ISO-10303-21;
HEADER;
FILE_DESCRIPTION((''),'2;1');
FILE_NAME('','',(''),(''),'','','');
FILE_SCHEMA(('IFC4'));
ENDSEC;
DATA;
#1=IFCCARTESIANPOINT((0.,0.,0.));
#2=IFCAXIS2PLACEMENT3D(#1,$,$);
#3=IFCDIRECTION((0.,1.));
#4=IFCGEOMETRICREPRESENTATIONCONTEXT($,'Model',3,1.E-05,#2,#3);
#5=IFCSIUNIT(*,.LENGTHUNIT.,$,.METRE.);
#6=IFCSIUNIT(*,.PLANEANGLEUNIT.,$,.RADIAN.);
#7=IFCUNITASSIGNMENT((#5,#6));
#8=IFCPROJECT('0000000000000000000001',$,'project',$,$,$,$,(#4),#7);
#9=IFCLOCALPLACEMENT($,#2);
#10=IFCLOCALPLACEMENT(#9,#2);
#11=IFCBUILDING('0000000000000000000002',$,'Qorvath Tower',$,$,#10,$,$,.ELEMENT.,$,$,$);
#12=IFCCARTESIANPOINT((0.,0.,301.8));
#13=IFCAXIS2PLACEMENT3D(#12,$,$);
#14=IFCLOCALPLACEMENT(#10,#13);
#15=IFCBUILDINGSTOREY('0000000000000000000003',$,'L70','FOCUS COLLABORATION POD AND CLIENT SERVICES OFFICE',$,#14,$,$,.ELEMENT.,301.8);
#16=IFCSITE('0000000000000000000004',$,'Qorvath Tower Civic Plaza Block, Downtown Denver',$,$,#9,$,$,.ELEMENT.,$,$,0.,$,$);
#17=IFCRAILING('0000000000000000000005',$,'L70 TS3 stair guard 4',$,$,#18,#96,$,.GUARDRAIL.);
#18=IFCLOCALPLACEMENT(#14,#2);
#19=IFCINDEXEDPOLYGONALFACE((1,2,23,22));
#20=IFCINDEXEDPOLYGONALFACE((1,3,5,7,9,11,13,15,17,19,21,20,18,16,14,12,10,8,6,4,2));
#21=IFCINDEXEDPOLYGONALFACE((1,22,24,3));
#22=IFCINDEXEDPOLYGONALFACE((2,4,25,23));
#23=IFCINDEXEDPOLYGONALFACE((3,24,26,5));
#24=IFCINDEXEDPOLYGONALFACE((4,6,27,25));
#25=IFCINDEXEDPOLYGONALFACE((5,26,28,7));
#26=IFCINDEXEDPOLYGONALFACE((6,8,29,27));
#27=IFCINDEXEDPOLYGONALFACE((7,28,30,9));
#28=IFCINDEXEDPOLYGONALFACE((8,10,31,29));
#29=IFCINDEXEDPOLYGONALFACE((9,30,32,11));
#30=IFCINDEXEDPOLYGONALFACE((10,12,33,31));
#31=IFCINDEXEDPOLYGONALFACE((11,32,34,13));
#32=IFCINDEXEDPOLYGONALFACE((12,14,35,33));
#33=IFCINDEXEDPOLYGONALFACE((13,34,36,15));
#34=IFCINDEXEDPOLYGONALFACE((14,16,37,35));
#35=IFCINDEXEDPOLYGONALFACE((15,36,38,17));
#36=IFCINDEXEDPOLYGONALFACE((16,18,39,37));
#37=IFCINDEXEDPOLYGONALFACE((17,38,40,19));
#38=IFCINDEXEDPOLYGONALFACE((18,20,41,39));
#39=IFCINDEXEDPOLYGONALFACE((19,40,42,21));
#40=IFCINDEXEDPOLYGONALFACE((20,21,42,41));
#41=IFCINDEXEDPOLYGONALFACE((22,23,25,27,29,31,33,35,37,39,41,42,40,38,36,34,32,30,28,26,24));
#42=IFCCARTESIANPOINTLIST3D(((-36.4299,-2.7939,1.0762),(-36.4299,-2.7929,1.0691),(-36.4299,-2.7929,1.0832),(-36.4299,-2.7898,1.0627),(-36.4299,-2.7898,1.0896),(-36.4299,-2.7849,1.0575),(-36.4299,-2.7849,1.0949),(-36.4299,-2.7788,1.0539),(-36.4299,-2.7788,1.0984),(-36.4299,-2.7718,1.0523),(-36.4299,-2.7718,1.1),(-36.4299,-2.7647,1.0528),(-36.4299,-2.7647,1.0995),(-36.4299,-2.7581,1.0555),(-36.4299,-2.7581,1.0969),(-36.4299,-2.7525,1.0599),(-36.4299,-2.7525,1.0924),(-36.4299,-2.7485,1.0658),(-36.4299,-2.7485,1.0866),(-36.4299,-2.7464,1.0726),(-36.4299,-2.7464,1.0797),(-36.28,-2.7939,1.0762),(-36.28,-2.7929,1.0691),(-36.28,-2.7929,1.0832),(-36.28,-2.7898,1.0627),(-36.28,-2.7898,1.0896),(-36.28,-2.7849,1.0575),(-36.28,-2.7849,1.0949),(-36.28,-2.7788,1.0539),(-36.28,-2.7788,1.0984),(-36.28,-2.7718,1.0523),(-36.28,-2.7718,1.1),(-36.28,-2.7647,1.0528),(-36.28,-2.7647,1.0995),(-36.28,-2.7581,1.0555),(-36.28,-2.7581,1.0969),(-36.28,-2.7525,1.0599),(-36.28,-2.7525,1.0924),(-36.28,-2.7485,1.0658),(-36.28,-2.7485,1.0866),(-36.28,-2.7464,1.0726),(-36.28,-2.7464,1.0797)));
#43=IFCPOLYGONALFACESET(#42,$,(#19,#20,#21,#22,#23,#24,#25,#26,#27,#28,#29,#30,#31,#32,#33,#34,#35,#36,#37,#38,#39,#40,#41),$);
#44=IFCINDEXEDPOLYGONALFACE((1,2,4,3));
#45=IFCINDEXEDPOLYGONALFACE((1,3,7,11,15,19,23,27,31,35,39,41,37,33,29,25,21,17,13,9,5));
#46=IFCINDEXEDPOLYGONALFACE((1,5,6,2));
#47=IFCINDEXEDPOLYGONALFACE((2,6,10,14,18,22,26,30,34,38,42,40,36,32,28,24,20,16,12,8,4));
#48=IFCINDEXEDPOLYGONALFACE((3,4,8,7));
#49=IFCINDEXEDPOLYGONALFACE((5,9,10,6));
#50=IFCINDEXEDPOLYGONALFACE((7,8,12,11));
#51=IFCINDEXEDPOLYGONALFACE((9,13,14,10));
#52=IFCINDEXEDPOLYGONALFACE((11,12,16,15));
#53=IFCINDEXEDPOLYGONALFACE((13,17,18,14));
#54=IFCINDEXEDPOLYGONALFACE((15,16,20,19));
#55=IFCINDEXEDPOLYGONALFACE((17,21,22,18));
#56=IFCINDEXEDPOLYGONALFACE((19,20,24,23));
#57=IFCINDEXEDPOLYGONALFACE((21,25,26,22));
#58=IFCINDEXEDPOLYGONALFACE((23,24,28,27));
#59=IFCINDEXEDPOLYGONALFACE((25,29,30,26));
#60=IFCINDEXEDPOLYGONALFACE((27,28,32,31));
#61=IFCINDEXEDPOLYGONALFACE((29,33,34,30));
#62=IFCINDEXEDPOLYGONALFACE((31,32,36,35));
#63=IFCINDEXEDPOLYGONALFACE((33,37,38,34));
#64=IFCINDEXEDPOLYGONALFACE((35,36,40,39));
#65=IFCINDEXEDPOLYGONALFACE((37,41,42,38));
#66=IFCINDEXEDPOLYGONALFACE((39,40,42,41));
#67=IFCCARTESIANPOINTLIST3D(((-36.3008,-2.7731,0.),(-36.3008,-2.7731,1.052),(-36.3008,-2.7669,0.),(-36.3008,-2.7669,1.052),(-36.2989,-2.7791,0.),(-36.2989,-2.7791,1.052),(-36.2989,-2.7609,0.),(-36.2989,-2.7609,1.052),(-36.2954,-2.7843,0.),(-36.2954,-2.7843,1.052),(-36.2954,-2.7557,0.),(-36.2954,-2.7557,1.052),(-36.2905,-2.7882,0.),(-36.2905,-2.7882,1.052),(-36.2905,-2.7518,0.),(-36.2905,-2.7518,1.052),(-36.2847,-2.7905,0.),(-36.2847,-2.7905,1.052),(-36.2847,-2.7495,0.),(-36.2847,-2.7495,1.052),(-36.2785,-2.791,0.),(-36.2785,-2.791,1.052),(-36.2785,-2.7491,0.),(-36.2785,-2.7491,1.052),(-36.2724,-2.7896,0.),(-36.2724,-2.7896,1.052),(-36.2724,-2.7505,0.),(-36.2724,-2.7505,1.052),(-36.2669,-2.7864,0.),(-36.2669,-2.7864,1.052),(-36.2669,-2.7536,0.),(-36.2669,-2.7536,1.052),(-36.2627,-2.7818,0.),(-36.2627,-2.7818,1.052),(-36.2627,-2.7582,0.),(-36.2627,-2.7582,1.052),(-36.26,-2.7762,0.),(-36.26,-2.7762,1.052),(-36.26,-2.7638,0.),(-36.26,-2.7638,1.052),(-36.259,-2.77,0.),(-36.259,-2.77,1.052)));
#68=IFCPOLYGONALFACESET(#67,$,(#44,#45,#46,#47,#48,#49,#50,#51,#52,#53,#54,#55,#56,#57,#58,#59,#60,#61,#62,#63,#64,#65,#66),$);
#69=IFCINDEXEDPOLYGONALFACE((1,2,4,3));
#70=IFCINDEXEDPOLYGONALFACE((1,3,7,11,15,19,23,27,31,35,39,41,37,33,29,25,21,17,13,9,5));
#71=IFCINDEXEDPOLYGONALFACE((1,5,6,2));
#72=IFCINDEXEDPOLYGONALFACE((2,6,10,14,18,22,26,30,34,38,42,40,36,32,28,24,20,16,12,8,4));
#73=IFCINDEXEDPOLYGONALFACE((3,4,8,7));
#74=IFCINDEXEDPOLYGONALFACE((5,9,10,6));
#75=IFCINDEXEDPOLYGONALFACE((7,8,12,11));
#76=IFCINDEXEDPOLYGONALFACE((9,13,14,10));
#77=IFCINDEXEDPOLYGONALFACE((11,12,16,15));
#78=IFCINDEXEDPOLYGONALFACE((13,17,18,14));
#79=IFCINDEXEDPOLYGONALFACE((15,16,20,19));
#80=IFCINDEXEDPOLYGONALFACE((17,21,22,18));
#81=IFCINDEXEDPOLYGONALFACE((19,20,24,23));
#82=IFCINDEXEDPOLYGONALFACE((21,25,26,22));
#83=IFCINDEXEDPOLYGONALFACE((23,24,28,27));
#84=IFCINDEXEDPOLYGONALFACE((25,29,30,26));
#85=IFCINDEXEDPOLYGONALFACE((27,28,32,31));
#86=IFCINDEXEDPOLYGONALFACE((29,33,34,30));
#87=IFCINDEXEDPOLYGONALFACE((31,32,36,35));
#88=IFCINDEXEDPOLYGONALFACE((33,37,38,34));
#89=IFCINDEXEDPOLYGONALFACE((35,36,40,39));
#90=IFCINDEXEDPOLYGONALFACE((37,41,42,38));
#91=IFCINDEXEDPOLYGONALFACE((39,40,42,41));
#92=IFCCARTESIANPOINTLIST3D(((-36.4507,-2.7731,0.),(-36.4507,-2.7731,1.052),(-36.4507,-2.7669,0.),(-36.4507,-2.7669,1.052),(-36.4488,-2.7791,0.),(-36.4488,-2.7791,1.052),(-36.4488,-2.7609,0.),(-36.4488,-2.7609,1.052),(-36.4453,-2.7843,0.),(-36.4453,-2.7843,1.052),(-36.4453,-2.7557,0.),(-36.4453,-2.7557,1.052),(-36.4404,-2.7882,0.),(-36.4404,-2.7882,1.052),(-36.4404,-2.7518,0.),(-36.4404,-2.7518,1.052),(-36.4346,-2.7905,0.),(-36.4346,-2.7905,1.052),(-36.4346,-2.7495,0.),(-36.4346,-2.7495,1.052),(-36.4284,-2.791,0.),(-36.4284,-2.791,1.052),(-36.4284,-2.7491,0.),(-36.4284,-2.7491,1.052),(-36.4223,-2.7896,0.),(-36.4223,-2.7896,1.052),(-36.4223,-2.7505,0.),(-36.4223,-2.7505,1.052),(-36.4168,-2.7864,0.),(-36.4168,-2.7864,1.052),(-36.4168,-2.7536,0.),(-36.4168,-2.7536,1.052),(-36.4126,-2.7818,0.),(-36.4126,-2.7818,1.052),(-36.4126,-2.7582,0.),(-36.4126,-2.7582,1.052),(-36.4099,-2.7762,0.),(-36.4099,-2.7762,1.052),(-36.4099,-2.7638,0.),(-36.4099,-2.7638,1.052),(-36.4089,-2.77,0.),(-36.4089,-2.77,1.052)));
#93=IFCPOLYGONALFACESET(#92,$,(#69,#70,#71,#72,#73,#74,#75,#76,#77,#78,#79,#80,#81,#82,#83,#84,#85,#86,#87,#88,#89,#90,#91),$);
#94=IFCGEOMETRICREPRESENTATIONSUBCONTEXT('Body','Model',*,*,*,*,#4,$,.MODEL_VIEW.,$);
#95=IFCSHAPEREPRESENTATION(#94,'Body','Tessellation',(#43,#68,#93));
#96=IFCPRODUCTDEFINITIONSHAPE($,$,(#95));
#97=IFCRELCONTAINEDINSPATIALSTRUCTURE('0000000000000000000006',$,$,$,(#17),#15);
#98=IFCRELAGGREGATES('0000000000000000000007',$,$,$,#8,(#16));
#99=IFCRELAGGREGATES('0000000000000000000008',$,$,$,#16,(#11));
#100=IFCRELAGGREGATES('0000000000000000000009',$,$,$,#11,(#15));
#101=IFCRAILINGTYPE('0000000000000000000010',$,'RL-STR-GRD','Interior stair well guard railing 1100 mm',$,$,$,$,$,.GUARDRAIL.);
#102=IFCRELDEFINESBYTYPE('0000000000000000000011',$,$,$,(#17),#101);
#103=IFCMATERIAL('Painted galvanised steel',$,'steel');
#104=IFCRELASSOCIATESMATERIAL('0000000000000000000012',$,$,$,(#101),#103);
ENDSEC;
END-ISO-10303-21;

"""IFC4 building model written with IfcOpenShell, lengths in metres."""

from ifc_helpers import new_model, si_unit, direction, frame, origin, origin_2d, place, context, subcontext, project, spatial, circle, extrude, material, type_object, element, save


model = new_model("IFC4")

# Units and contexts
model_context = context("Model", 3, precision=1e-05, world=origin(), true_north=direction((0.0, 1.0)))
body_context = subcontext(model_context, "Body", "Model", "MODEL_VIEW")
ifc_project = project(units=[si_unit("LENGTHUNIT", "METRE"), si_unit("PLANEANGLEUNIT", "RADIAN")], contexts=[model_context])

# Site, building, storey
site_placement = place(None, origin())
site = spatial("IfcSite", under=ifc_project, at=site_placement, Name="Qorvath Tower Civic Plaza Block, Downtown Denver", CompositionType="ELEMENT", RefElevation=0.0)
building_placement = place(site_placement, origin())
building = spatial("IfcBuilding", under=site, at=building_placement, Name="Qorvath Tower", CompositionType="ELEMENT")
storey_placement = place(building_placement, frame((0.0, 0.0, 301.8)))
storey = spatial("IfcBuildingStorey", under=building, at=storey_placement, Name="L70", Description="FOCUS COLLABORATION POD AND CLIENT SERVICES OFFICE", CompositionType="ELEMENT", Elevation=301.8)

# Railing
ifc_material_1 = material(Name="Painted galvanised steel", Category="steel")
railing_type_1 = type_object("IfcRailingType", Name="RL-STR-GRD", Description="Interior stair well guard railing 1100 mm", PredefinedType="GUARDRAIL", material=ifc_material_1)
railing_1_placement = place(storey_placement, frame((-36.28, -2.77, 0.0)))
element("IfcRailing", 1, at=railing_1_placement, inside=storey, type_object=railing_type_1, Name="L70 TS3 stair guard 4", PredefinedType="GUARDRAIL", context=body_context, shape_type="SweptSolid", body=[
    extrude(circle(Radius=0.0239, at=origin_2d()), frame((0.0, 0.0, 1.0762), z_axis=(-1.0, 0.0, 0.0), x_axis=(0.0, -1.0, 0.0)), (0.0, 0.0, 1.0), 0.1499),
    extrude(circle(Radius=0.021, at=origin_2d()), origin(), (0.0, 0.0, 1.0), 1.052),
    extrude(circle(Radius=0.021, at=origin_2d()), frame((-0.1499, 0.0, 0.0)), (0.0, 0.0, 1.0), 1.052),
])

save(model, "model.ifc")
